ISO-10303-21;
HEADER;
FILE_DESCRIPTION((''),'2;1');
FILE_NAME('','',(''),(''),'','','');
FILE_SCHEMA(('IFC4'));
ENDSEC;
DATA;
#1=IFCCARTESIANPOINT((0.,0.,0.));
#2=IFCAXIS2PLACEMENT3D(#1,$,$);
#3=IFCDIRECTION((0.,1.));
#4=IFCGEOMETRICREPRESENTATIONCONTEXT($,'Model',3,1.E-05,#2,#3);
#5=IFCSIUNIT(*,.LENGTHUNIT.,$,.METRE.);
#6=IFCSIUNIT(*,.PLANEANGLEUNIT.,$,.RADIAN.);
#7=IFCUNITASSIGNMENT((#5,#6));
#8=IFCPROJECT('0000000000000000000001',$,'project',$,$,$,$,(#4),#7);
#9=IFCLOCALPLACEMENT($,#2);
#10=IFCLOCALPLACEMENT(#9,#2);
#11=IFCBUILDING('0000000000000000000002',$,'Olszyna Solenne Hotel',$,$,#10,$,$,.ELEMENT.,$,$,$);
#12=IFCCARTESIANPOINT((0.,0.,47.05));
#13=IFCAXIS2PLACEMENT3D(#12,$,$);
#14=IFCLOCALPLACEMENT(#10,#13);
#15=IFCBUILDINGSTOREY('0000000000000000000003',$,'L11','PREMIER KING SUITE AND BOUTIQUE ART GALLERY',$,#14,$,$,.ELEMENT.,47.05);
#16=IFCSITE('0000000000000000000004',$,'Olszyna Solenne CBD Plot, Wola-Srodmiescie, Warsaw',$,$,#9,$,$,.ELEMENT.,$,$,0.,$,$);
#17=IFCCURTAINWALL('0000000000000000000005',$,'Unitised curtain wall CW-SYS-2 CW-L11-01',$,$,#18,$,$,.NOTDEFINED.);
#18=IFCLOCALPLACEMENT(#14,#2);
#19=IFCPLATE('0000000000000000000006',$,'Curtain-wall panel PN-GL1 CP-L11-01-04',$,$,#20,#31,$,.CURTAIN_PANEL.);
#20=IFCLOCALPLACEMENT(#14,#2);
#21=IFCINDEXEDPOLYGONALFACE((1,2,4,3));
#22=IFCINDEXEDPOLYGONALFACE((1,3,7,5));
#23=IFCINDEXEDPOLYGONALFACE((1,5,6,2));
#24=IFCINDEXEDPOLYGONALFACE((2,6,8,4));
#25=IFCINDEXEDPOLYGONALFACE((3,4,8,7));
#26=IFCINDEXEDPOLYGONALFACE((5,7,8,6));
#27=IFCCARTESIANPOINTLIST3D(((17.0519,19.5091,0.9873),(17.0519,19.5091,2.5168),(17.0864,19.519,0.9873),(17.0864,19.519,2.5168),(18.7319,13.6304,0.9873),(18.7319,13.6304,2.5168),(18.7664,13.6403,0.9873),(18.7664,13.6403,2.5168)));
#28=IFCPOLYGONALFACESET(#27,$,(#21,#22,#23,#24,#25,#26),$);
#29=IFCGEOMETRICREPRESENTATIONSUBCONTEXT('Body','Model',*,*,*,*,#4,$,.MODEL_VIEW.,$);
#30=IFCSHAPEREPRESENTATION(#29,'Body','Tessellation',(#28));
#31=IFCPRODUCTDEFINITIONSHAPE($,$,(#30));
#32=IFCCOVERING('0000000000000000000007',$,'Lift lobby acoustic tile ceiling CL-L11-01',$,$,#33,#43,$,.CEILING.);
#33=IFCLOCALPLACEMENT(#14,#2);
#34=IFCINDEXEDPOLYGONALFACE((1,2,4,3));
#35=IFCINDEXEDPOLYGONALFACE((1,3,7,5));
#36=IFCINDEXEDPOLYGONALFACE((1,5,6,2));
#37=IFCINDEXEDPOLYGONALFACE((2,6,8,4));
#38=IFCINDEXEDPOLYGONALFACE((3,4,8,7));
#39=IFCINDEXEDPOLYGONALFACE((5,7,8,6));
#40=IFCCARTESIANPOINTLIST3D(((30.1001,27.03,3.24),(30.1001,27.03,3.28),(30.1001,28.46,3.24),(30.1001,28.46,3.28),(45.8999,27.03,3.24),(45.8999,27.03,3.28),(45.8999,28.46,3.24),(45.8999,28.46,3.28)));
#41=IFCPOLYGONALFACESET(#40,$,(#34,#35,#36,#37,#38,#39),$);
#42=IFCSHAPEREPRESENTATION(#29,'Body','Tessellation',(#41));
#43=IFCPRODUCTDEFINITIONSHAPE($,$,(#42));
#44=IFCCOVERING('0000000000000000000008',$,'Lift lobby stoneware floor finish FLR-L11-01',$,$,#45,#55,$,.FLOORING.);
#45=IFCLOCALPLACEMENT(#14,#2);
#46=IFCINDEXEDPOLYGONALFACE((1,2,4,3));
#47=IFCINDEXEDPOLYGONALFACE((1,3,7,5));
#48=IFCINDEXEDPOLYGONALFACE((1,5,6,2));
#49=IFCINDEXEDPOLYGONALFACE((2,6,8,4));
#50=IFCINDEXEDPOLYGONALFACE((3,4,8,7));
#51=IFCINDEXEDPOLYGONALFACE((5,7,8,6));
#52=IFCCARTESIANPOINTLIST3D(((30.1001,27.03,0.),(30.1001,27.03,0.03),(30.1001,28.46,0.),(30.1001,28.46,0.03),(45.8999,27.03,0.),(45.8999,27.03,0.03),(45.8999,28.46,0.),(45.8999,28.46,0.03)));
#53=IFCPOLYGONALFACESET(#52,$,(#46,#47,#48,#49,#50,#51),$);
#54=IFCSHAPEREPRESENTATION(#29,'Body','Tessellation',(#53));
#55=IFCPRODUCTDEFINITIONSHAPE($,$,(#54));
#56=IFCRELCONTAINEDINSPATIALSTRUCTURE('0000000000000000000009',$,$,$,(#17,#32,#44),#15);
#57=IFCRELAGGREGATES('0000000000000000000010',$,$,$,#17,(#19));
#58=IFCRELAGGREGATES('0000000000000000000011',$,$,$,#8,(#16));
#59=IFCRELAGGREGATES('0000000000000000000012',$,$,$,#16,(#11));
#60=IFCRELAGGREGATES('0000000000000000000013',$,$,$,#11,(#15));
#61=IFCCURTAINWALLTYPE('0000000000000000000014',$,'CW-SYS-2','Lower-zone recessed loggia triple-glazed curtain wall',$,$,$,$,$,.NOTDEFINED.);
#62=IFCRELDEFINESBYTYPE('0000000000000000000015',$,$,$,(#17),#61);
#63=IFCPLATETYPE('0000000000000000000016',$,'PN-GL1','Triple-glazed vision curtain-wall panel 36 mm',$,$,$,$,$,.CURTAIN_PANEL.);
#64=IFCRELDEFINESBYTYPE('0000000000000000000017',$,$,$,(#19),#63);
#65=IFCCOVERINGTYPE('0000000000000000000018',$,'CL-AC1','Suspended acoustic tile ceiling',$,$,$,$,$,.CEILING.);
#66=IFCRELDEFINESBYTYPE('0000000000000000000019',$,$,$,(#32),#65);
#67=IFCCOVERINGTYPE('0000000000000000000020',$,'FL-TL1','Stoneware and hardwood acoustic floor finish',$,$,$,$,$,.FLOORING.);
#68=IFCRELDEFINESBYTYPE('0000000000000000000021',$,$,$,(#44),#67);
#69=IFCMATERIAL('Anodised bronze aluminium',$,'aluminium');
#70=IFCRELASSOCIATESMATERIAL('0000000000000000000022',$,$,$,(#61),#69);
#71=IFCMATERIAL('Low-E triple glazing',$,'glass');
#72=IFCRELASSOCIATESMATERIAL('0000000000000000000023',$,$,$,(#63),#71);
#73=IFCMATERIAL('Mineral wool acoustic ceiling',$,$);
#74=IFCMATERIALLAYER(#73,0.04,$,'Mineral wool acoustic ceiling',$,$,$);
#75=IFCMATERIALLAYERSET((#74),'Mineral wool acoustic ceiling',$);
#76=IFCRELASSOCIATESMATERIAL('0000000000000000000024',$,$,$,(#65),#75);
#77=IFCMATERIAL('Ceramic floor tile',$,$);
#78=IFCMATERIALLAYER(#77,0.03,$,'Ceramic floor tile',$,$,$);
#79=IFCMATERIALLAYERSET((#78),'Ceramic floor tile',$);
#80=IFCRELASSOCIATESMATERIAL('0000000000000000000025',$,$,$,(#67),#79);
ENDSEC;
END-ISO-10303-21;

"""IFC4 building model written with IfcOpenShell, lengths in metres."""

from ifc_helpers import new_model, si_unit, direction, frame, origin, origin_2d, place, context, subcontext, project, spatial, polyline, rectangle, outline, extrude, source, transform, mapped, material, layer, layer_set, type_object, element, aggregate, save


model = new_model("IFC4")

# Units and contexts
model_context = context("Model", 3, precision=1e-05, world=origin(), true_north=direction((0.0, 1.0)))
body_context = subcontext(model_context, "Body", "Model", "MODEL_VIEW")
ifc_project = project(units=[si_unit("LENGTHUNIT", "METRE"), si_unit("PLANEANGLEUNIT", "RADIAN")], contexts=[model_context])

# Site, building, storey
site_placement = place(None, origin())
site = spatial("IfcSite", under=ifc_project, at=site_placement, Name="Olszyna Solenne CBD Plot, Wola-Srodmiescie, Warsaw", CompositionType="ELEMENT", RefElevation=0.0)
building_placement = place(site_placement, origin())
building = spatial("IfcBuilding", under=site, at=building_placement, Name="Olszyna Solenne Hotel", CompositionType="ELEMENT")
storey_placement = place(building_placement, frame((0.0, 0.0, 47.05)))
storey = spatial("IfcBuildingStorey", under=building, at=storey_placement, Name="L11", Description="PREMIER KING SUITE AND BOUTIQUE ART GALLERY", CompositionType="ELEMENT", Elevation=47.05)

# Curtain wall
ifc_material_1 = material(Name="Anodised bronze aluminium", Category="aluminium")
curtain_wall_type = type_object("IfcCurtainWallType", Name="CW-SYS-2", Description="Lower-zone recessed loggia triple-glazed curtain wall", PredefinedType="NOTDEFINED", material=ifc_material_1)
curtain_wall_placement = place(storey_placement, origin())
curtain_wall = element("IfcCurtainWall", 1, at=curtain_wall_placement, inside=storey, type_object=curtain_wall_type, Name="Unitised curtain wall CW-SYS-2 CW-L11-01", PredefinedType="NOTDEFINED")

# Plate
ifc_material_2 = material(Name="Low-E triple glazing", Category="glass")
plate_type_1 = type_object("IfcPlateType", Name="PN-GL1", Description="Triple-glazed vision curtain-wall panel 36 mm", PredefinedType="CURTAIN_PANEL", material=ifc_material_2)
shared_shape_1 = source(origin(), body_context, "Body", "SweptSolid", [
    extrude(rectangle(XDim=6.114, YDim=0.0359, at=origin_2d()), origin(), (0.0, 0.0, 1.0), 1.5295),
])
plate_1_placement = place(storey_placement, frame((17.9092, 16.5747, 0.9873), z_axis=(0.0, 0.0, 1.0), x_axis=(0.274775, -0.961508, 0.0)))
plate_1 = element("IfcPlate", 2, at=plate_1_placement, type_object=plate_type_1, Name="Curtain-wall panel PN-GL1 CP-L11-01-04", PredefinedType="CURTAIN_PANEL", context=body_context, shape_type="MappedRepresentation", body=[
    mapped(shared_shape_1, transform((0.0, 0.0, 0.0), x_axis=(1.0, 0.0, 0.0), y_axis=(0.0, 1.0, 0.0), z_axis=(0.0, 0.0, 1.0), scale=1.0)),
])
aggregate(curtain_wall, [plate_1])

# Coverings
ifc_material_3 = material(Name="Mineral wool acoustic ceiling")
ifc_layer_1 = layer(ifc_material_3, 0.04, Name="Mineral wool acoustic ceiling")
ifc_layer_set_1 = layer_set([ifc_layer_1], Name="Mineral wool acoustic ceiling")
covering_type_1 = type_object("IfcCoveringType", Name="CL-AC1", Description="Suspended acoustic tile ceiling", PredefinedType="CEILING", material=ifc_layer_set_1)
covering_1_placement = place(storey_placement, frame((0.0, 0.0, 3.24)))
element("IfcCovering", 3, at=covering_1_placement, inside=storey, type_object=covering_type_1, Name="Lift lobby acoustic tile ceiling CL-L11-01", PredefinedType="CEILING", context=body_context, shape_type="SweptSolid", body=[
    extrude(outline(polyline([(30.1001, 27.03), (45.8999, 27.03), (45.8999, 28.46), (30.1001, 28.46), (30.1001, 27.03)])), origin(), (0.0, 0.0, 1.0), 0.04),
])
ifc_material_4 = material(Name="Ceramic floor tile")
ifc_layer_2 = layer(ifc_material_4, 0.03, Name="Ceramic floor tile")
ifc_layer_set_2 = layer_set([ifc_layer_2], Name="Ceramic floor tile")
covering_type_2 = type_object("IfcCoveringType", Name="FL-TL1", Description="Stoneware and hardwood acoustic floor finish", PredefinedType="FLOORING", material=ifc_layer_set_2)
covering_2_placement = place(storey_placement, origin())
element("IfcCovering", 4, at=covering_2_placement, inside=storey, type_object=covering_type_2, Name="Lift lobby stoneware floor finish FLR-L11-01", PredefinedType="FLOORING", context=body_context, shape_type="SweptSolid", body=[
    extrude(outline(polyline([(30.1001, 27.03), (45.8999, 27.03), (45.8999, 28.46), (30.1001, 28.46), (30.1001, 27.03)])), origin(), (0.0, 0.0, 1.0), 0.03),
])

save(model, "model.ifc")
